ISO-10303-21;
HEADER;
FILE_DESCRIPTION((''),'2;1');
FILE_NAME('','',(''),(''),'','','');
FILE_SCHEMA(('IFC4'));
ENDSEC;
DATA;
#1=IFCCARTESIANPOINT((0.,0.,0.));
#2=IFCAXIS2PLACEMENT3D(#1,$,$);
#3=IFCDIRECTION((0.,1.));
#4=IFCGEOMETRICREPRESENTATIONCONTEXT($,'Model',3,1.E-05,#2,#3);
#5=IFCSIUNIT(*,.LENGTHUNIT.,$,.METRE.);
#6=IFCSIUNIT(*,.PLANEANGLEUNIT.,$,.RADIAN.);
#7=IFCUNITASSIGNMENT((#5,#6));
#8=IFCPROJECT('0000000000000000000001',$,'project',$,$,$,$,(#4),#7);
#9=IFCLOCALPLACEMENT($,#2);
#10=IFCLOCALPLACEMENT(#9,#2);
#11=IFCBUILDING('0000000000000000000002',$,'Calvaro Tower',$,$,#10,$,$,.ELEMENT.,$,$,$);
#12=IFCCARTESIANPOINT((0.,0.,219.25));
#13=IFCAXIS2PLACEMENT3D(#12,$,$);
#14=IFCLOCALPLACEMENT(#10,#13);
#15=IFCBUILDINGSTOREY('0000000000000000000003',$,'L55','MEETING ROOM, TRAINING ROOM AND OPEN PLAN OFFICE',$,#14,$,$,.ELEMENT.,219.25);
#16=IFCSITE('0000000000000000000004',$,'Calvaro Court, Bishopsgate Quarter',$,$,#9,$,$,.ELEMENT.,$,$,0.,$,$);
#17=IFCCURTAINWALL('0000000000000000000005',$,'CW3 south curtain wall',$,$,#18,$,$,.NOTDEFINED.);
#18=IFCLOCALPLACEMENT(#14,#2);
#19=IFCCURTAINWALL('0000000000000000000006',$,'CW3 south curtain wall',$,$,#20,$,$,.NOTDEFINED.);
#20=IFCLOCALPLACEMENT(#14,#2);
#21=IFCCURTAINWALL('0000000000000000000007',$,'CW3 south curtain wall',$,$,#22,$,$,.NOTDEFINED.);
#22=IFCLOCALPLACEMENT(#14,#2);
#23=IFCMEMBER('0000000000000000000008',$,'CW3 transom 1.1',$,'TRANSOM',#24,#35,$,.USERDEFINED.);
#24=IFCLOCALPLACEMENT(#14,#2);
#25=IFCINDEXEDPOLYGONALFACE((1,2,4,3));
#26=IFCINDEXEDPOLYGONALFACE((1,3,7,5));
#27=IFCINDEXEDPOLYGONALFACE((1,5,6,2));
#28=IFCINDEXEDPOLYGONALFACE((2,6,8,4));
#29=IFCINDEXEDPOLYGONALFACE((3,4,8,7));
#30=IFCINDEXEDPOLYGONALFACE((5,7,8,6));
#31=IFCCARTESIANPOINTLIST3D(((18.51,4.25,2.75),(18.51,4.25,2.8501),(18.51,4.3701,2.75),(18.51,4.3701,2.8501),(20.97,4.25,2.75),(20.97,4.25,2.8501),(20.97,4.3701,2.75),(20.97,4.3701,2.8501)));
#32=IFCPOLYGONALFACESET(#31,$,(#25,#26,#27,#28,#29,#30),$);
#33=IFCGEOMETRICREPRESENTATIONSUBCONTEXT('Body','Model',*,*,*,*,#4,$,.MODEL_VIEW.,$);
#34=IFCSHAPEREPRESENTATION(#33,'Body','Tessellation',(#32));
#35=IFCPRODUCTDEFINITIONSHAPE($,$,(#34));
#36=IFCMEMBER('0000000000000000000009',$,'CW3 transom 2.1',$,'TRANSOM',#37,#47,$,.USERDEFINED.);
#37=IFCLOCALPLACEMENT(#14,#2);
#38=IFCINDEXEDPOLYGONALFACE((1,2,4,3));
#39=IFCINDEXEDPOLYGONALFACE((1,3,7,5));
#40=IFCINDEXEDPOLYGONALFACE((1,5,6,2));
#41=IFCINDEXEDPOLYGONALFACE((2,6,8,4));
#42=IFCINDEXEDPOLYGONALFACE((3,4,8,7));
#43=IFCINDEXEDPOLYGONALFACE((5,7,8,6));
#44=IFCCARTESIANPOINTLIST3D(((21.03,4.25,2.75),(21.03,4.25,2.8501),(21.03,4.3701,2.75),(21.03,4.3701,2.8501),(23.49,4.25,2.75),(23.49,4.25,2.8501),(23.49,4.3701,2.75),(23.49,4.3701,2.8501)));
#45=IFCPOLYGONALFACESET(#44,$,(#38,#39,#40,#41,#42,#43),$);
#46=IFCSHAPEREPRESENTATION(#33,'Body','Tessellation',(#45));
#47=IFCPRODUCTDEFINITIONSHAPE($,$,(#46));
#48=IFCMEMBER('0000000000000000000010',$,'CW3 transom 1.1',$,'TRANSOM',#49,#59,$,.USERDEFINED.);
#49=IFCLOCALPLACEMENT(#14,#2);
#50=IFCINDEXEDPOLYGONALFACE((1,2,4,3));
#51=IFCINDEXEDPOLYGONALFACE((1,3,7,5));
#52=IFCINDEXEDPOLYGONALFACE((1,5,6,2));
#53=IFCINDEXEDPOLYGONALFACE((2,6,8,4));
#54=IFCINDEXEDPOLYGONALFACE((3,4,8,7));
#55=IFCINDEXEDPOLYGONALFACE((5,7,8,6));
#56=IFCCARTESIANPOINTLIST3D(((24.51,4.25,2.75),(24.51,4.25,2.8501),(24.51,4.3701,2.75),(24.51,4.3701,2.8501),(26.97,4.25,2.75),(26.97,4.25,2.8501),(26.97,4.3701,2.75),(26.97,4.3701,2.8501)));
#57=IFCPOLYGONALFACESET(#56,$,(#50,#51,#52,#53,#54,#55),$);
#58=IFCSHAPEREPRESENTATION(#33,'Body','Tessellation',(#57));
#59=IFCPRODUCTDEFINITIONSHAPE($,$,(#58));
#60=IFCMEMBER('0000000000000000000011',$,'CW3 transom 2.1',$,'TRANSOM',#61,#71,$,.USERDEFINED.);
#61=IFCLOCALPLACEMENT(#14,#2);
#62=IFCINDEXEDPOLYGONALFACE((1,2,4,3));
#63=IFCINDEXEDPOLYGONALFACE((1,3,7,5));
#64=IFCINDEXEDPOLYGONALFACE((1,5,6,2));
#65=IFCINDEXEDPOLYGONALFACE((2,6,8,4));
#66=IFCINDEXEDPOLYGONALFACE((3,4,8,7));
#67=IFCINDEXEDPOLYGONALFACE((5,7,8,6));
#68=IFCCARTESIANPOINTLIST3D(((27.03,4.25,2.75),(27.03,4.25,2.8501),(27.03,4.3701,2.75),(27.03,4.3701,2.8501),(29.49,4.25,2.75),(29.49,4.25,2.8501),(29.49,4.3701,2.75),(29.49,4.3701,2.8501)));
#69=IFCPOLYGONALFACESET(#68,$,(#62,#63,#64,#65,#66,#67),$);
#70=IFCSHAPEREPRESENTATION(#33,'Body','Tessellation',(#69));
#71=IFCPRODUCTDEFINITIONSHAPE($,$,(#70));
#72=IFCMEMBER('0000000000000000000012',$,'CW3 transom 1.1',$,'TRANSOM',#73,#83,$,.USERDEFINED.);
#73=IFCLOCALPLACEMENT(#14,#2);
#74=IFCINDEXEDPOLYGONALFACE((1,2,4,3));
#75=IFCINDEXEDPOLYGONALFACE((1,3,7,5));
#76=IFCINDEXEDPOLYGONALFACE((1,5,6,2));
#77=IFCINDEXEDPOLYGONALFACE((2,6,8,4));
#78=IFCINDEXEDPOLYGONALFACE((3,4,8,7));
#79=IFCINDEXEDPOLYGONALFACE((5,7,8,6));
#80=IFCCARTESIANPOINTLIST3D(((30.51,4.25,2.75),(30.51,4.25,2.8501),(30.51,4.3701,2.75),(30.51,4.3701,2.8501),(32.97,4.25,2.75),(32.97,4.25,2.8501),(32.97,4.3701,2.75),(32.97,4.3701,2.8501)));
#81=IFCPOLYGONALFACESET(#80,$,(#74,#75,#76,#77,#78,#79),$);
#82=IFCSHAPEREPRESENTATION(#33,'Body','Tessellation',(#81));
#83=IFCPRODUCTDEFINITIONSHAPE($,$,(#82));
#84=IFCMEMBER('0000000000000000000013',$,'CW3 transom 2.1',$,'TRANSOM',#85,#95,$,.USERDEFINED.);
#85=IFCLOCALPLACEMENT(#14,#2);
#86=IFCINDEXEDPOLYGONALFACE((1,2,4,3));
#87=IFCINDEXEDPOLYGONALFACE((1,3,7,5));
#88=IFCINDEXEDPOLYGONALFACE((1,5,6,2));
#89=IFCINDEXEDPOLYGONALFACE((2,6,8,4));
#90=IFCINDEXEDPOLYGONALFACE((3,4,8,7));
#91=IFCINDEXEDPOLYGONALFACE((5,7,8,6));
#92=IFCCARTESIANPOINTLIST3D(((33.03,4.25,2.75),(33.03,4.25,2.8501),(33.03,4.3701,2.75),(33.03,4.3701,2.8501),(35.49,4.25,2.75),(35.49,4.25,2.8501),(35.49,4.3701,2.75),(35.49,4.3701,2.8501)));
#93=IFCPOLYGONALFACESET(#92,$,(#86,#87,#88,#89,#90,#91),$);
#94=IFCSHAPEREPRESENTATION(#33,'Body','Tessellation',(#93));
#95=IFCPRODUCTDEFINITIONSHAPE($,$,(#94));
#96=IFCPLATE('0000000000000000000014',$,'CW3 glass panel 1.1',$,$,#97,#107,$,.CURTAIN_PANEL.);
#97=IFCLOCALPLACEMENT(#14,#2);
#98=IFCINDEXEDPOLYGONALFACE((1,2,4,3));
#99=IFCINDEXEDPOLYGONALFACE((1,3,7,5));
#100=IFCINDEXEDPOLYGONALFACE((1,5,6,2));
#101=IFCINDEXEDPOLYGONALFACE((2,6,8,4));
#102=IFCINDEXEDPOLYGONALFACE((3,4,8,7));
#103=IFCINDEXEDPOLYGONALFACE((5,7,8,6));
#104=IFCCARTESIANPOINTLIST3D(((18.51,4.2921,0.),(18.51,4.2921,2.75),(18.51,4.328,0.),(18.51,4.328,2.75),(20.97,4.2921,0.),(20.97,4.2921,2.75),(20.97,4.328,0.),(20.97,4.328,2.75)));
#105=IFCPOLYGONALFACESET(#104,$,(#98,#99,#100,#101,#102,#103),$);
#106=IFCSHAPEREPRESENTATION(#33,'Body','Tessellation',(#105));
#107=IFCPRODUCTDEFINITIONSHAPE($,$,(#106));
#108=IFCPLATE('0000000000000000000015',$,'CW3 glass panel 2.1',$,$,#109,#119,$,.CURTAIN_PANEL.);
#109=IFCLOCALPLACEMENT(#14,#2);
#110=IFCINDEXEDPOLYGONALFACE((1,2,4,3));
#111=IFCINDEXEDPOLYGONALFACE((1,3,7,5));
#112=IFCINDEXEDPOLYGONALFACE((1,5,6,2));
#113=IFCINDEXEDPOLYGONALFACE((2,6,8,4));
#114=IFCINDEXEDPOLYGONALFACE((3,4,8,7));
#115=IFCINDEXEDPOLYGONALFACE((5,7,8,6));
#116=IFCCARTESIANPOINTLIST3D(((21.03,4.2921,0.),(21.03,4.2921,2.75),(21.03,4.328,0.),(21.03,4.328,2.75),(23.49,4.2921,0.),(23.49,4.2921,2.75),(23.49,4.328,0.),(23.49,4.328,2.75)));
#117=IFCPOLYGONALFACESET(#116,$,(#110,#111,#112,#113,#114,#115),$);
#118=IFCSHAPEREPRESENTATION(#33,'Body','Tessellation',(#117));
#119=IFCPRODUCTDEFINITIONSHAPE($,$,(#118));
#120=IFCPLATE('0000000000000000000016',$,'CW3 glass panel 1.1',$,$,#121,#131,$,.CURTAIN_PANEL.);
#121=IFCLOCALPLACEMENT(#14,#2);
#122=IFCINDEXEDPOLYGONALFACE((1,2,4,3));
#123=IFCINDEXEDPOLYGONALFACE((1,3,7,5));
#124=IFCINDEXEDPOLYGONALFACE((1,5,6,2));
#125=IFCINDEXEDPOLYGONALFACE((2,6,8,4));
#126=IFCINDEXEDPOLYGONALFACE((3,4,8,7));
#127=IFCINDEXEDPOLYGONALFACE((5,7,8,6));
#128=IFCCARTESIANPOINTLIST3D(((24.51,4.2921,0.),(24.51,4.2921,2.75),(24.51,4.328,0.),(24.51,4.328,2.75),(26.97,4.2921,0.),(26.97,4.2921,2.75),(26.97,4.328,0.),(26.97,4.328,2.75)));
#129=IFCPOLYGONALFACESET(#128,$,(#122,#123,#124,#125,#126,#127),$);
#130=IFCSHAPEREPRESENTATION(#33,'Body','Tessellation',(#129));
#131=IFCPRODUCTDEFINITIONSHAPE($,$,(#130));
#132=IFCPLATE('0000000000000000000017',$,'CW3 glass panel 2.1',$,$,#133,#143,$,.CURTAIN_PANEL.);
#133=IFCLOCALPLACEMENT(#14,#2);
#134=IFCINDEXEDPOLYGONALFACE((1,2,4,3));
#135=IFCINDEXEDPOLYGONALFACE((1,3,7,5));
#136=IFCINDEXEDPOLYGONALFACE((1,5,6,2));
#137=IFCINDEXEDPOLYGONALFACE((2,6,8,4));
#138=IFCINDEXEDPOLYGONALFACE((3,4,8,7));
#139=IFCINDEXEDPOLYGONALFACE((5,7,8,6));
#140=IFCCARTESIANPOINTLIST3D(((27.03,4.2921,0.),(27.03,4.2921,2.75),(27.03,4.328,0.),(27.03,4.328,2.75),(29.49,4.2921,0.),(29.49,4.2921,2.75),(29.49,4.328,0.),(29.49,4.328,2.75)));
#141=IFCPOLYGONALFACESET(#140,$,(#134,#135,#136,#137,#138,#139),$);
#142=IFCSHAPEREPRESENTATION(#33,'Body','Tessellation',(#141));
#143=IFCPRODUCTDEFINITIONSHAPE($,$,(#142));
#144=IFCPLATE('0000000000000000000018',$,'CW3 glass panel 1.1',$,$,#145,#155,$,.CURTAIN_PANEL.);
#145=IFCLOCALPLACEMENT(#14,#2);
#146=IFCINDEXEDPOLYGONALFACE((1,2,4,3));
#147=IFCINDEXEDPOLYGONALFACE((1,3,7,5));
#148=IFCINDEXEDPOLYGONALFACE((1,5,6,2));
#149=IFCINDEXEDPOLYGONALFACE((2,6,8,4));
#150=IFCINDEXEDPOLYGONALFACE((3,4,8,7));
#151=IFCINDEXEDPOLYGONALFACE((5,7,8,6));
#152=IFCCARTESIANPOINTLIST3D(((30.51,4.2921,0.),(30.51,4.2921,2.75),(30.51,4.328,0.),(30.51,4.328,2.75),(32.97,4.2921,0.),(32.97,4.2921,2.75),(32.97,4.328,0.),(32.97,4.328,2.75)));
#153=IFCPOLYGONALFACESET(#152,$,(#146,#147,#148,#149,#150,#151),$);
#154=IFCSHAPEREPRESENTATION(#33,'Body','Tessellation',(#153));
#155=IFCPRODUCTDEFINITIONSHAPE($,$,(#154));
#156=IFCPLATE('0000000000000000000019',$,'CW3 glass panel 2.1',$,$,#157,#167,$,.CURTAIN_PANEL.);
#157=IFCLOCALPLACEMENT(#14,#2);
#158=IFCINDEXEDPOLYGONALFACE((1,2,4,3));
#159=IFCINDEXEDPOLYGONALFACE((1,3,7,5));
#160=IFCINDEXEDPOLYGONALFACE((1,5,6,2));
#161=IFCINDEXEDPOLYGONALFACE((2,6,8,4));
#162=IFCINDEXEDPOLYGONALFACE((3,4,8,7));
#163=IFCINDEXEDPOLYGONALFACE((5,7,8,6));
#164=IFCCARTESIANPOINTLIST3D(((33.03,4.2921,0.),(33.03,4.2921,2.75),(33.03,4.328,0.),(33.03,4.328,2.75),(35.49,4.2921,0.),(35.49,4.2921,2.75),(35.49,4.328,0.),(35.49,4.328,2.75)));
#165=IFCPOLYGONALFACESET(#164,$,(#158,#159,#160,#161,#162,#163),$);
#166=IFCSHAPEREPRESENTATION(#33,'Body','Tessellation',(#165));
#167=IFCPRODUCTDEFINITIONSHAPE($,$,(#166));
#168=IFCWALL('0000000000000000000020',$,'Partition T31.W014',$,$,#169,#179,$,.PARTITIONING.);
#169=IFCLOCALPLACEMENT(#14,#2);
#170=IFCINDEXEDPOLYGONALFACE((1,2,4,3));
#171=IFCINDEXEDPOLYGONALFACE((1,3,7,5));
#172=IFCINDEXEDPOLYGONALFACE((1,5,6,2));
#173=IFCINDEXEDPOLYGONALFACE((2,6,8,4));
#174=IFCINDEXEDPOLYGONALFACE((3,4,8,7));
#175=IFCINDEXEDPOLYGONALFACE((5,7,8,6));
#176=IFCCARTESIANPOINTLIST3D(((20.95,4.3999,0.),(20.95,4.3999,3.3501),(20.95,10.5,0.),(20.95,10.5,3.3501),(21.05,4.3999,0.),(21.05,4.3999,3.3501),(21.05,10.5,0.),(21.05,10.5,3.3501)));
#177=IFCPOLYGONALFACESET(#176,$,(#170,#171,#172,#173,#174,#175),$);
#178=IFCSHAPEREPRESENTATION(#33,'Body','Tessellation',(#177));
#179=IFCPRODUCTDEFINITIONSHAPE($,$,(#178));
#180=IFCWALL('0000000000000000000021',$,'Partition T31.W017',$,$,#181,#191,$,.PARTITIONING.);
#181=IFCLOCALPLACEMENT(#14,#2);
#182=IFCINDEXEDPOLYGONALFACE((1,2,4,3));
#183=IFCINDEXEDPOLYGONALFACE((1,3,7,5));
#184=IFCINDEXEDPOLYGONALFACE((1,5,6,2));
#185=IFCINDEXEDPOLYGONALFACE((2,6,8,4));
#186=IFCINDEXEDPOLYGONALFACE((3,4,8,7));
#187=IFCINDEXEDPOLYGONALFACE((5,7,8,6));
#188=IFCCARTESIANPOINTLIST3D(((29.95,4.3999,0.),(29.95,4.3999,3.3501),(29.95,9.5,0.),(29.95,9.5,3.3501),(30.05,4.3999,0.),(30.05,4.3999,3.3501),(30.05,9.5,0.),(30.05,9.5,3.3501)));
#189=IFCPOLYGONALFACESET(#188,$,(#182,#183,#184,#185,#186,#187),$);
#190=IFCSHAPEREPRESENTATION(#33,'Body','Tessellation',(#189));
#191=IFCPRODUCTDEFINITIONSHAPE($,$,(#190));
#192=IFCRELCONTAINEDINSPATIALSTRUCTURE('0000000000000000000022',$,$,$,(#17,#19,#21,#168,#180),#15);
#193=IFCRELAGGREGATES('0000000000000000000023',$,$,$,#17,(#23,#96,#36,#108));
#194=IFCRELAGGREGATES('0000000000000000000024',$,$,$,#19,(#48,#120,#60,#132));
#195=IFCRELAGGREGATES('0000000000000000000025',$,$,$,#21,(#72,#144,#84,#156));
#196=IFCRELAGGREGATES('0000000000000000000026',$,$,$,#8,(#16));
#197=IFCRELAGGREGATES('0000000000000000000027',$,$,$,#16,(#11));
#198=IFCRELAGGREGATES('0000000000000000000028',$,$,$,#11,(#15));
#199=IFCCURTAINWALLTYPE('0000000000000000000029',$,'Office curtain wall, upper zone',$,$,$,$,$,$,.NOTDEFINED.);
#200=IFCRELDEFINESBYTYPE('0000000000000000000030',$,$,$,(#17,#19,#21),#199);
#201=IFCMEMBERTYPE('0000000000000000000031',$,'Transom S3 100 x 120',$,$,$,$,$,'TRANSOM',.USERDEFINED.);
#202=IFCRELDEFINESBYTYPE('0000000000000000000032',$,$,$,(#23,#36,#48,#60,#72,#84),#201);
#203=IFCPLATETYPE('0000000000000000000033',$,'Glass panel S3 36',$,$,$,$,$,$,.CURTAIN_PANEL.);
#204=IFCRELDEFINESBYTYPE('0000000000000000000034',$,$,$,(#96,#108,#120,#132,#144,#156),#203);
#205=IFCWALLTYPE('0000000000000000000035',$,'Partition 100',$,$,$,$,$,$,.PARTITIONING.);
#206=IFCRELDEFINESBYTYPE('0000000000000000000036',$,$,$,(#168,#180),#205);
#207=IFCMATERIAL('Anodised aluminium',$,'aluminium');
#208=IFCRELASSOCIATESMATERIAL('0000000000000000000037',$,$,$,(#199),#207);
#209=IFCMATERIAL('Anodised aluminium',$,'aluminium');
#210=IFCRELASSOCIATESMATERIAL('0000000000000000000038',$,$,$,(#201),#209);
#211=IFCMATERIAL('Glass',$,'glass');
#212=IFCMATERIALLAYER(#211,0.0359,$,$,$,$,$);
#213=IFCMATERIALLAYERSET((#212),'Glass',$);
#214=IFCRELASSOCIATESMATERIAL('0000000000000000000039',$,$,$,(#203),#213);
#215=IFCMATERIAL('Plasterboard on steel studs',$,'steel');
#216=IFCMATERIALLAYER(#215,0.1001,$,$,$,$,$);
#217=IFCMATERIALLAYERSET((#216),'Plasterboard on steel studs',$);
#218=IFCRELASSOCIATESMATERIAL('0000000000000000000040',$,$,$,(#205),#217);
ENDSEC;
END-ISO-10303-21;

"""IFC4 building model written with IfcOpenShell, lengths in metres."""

from ifc_helpers import new_model, si_unit, direction, frame, frame_2d, origin, origin_2d, place, context, subcontext, project, spatial, rectangle, extrude, material, layer, layer_set, material_profile, profile_set, type_object, element, aggregate, save


model = new_model("IFC4")

# Units and contexts
model_context = context("Model", 3, precision=1e-05, world=origin(), true_north=direction((0.0, 1.0)))
body_context = subcontext(model_context, "Body", "Model", "MODEL_VIEW")
ifc_project = project(units=[si_unit("LENGTHUNIT", "METRE"), si_unit("PLANEANGLEUNIT", "RADIAN")], contexts=[model_context])

# Site, building, storey
site_placement = place(None, origin())
site = spatial("IfcSite", under=ifc_project, at=site_placement, Name="Calvaro Court, Bishopsgate Quarter", CompositionType="ELEMENT", RefElevation=0.0)
building_placement = place(site_placement, origin())
building = spatial("IfcBuilding", under=site, at=building_placement, Name="Calvaro Tower", CompositionType="ELEMENT")
storey_placement = place(building_placement, frame((0.0, 0.0, 219.25)))
storey = spatial("IfcBuildingStorey", under=building, at=storey_placement, Name="L55", Description="MEETING ROOM, TRAINING ROOM AND OPEN PLAN OFFICE", CompositionType="ELEMENT", Elevation=219.25)

# Shared definitions
ifc_material_1 = material(Name="Anodised aluminium", Category="aluminium")
curtain_wall_type = type_object("IfcCurtainWallType", Name="Office curtain wall, upper zone", PredefinedType="NOTDEFINED", material=ifc_material_1)

# Curtain walls
curtain_wall_1_placement = place(storey_placement, origin())
curtain_wall_1 = element("IfcCurtainWall", 1, at=curtain_wall_1_placement, inside=storey, type_object=curtain_wall_type, Name="CW3 south curtain wall", PredefinedType="NOTDEFINED")
curtain_wall_2_placement = place(storey_placement, origin())
curtain_wall_2 = element("IfcCurtainWall", 2, at=curtain_wall_2_placement, inside=storey, type_object=curtain_wall_type, Name="CW3 south curtain wall", PredefinedType="NOTDEFINED")
curtain_wall_3_placement = place(storey_placement, origin())
curtain_wall_3 = element("IfcCurtainWall", 3, at=curtain_wall_3_placement, inside=storey, type_object=curtain_wall_type, Name="CW3 south curtain wall", PredefinedType="NOTDEFINED")

# Members
ifc_material_2 = material(Name="Anodised aluminium", Category="aluminium")
ifc_material_profile_1 = material_profile(ifc_material_2, rectangle(XDim=0.1201, YDim=0.1001, at=origin_2d()), Name="Transom S3 100 x 120")
ifc_profile_set_1 = profile_set([ifc_material_profile_1], Name="Anodised aluminium")
member_type_1 = type_object("IfcMemberType", Name="Transom S3 100 x 120", ElementType="TRANSOM", PredefinedType="USERDEFINED", material=ifc_profile_set_1)
member_1_placement = place(storey_placement, frame((18.51, 4.3101, 2.8), z_axis=(1.0, 0.0, 0.0), x_axis=(0.0, 1.0, 0.0)))
member_1 = element("IfcMember", 4, at=member_1_placement, type_object=member_type_1, Name="CW3 transom 1.1", ObjectType="TRANSOM", PredefinedType="USERDEFINED", context=body_context, shape_type="SweptSolid", body=[
    extrude(rectangle(XDim=0.1201, YDim=0.1001, at=origin_2d()), origin(), (0.0, 0.0, 1.0), 2.46),
])
member_2_placement = place(storey_placement, frame((21.03, 4.3101, 2.8), z_axis=(1.0, 0.0, 0.0), x_axis=(0.0, 1.0, 0.0)))
member_2 = element("IfcMember", 5, at=member_2_placement, type_object=member_type_1, Name="CW3 transom 2.1", ObjectType="TRANSOM", PredefinedType="USERDEFINED", context=body_context, shape_type="SweptSolid", body=[
    extrude(rectangle(XDim=0.1201, YDim=0.1001, at=origin_2d()), origin(), (0.0, 0.0, 1.0), 2.46),
])
member_3_placement = place(storey_placement, frame((24.51, 4.3101, 2.8), z_axis=(1.0, 0.0, 0.0), x_axis=(0.0, 1.0, 0.0)))
member_3 = element("IfcMember", 6, at=member_3_placement, type_object=member_type_1, Name="CW3 transom 1.1", ObjectType="TRANSOM", PredefinedType="USERDEFINED", context=body_context, shape_type="SweptSolid", body=[
    extrude(rectangle(XDim=0.1201, YDim=0.1001, at=origin_2d()), origin(), (0.0, 0.0, 1.0), 2.46),
])
member_4_placement = place(storey_placement, frame((27.03, 4.3101, 2.8), z_axis=(1.0, 0.0, 0.0), x_axis=(0.0, 1.0, 0.0)))
member_4 = element("IfcMember", 7, at=member_4_placement, type_object=member_type_1, Name="CW3 transom 2.1", ObjectType="TRANSOM", PredefinedType="USERDEFINED", context=body_context, shape_type="SweptSolid", body=[
    extrude(rectangle(XDim=0.1201, YDim=0.1001, at=origin_2d()), origin(), (0.0, 0.0, 1.0), 2.46),
])
member_5_placement = place(storey_placement, frame((30.51, 4.3101, 2.8), z_axis=(1.0, 0.0, 0.0), x_axis=(0.0, 1.0, 0.0)))
member_5 = element("IfcMember", 8, at=member_5_placement, type_object=member_type_1, Name="CW3 transom 1.1", ObjectType="TRANSOM", PredefinedType="USERDEFINED", context=body_context, shape_type="SweptSolid", body=[
    extrude(rectangle(XDim=0.1201, YDim=0.1001, at=origin_2d()), origin(), (0.0, 0.0, 1.0), 2.46),
])
member_6_placement = place(storey_placement, frame((33.03, 4.3101, 2.8), z_axis=(1.0, 0.0, 0.0), x_axis=(0.0, 1.0, 0.0)))
member_6 = element("IfcMember", 9, at=member_6_placement, type_object=member_type_1, Name="CW3 transom 2.1", ObjectType="TRANSOM", PredefinedType="USERDEFINED", context=body_context, shape_type="SweptSolid", body=[
    extrude(rectangle(XDim=0.1201, YDim=0.1001, at=origin_2d()), origin(), (0.0, 0.0, 1.0), 2.46),
])

# Plates
ifc_material_3 = material(Name="Glass", Category="glass")
ifc_layer_1 = layer(ifc_material_3, 0.0359)
ifc_layer_set_1 = layer_set([ifc_layer_1], Name="Glass")
plate_type = type_object("IfcPlateType", Name="Glass panel S3 36", PredefinedType="CURTAIN_PANEL", material=ifc_layer_set_1)
plate_1_placement = place(storey_placement, frame((19.74, 4.3101, 0.0), z_axis=(0.0, 0.0, 1.0), x_axis=(1.0, 0.0, 0.0)))
plate_1 = element("IfcPlate", 10, at=plate_1_placement, type_object=plate_type, Name="CW3 glass panel 1.1", PredefinedType="CURTAIN_PANEL", context=body_context, shape_type="SweptSolid", body=[
    extrude(rectangle(XDim=2.46, YDim=0.0359, at=origin_2d()), origin(), (0.0, 0.0, 1.0), 2.75),
])
plate_2_placement = place(storey_placement, frame((22.26, 4.3101, 0.0), z_axis=(0.0, 0.0, 1.0), x_axis=(1.0, 0.0, 0.0)))
plate_2 = element("IfcPlate", 11, at=plate_2_placement, type_object=plate_type, Name="CW3 glass panel 2.1", PredefinedType="CURTAIN_PANEL", context=body_context, shape_type="SweptSolid", body=[
    extrude(rectangle(XDim=2.46, YDim=0.0359, at=origin_2d()), origin(), (0.0, 0.0, 1.0), 2.75),
])
aggregate(curtain_wall_1, [member_1, plate_1, member_2, plate_2])
plate_3_placement = place(storey_placement, frame((25.74, 4.3101, 0.0), z_axis=(0.0, 0.0, 1.0), x_axis=(1.0, 0.0, 0.0)))
plate_3 = element("IfcPlate", 12, at=plate_3_placement, type_object=plate_type, Name="CW3 glass panel 1.1", PredefinedType="CURTAIN_PANEL", context=body_context, shape_type="SweptSolid", body=[
    extrude(rectangle(XDim=2.46, YDim=0.0359, at=origin_2d()), origin(), (0.0, 0.0, 1.0), 2.75),
])
plate_4_placement = place(storey_placement, frame((28.26, 4.3101, 0.0), z_axis=(0.0, 0.0, 1.0), x_axis=(1.0, 0.0, 0.0)))
plate_4 = element("IfcPlate", 13, at=plate_4_placement, type_object=plate_type, Name="CW3 glass panel 2.1", PredefinedType="CURTAIN_PANEL", context=body_context, shape_type="SweptSolid", body=[
    extrude(rectangle(XDim=2.46, YDim=0.0359, at=origin_2d()), origin(), (0.0, 0.0, 1.0), 2.75),
])
aggregate(curtain_wall_2, [member_3, plate_3, member_4, plate_4])
plate_5_placement = place(storey_placement, frame((31.74, 4.3101, 0.0), z_axis=(0.0, 0.0, 1.0), x_axis=(1.0, 0.0, 0.0)))
plate_5 = element("IfcPlate", 14, at=plate_5_placement, type_object=plate_type, Name="CW3 glass panel 1.1", PredefinedType="CURTAIN_PANEL", context=body_context, shape_type="SweptSolid", body=[
    extrude(rectangle(XDim=2.46, YDim=0.0359, at=origin_2d()), origin(), (0.0, 0.0, 1.0), 2.75),
])
plate_6_placement = place(storey_placement, frame((34.26, 4.3101, 0.0), z_axis=(0.0, 0.0, 1.0), x_axis=(1.0, 0.0, 0.0)))
plate_6 = element("IfcPlate", 15, at=plate_6_placement, type_object=plate_type, Name="CW3 glass panel 2.1", PredefinedType="CURTAIN_PANEL", context=body_context, shape_type="SweptSolid", body=[
    extrude(rectangle(XDim=2.46, YDim=0.0359, at=origin_2d()), origin(), (0.0, 0.0, 1.0), 2.75),
])
aggregate(curtain_wall_3, [member_5, plate_5, member_6, plate_6])

# Walls
ifc_material_4 = material(Name="Plasterboard on steel studs", Category="steel")
ifc_layer_2 = layer(ifc_material_4, 0.1001)
ifc_layer_set_2 = layer_set([ifc_layer_2], Name="Plasterboard on steel studs")
wall_type = type_object("IfcWallType", Name="Partition 100", PredefinedType="PARTITIONING", material=ifc_layer_set_2)
wall_1_placement = place(storey_placement, frame((21.0, 4.3999, 0.0), z_axis=(0.0, 0.0, 1.0), x_axis=(0.0, 1.0, 0.0)))
element("IfcWall", 16, at=wall_1_placement, inside=storey, type_object=wall_type, Name="Partition T31.W014", PredefinedType="PARTITIONING", context=body_context, shape_type="SweptSolid", body=[
    extrude(rectangle(XDim=6.1001, YDim=0.1001, at=frame_2d((3.05, 0.0))), origin(), (0.0, 0.0, 1.0), 3.3501),
])
wall_2_placement = place(storey_placement, frame((30.0, 4.3999, 0.0), z_axis=(0.0, 0.0, 1.0), x_axis=(0.0, 1.0, 0.0)))
element("IfcWall", 17, at=wall_2_placement, inside=storey, type_object=wall_type, Name="Partition T31.W017", PredefinedType="PARTITIONING", context=body_context, shape_type="SweptSolid", body=[
    extrude(rectangle(XDim=5.1001, YDim=0.1001, at=frame_2d((2.55, 0.0))), origin(), (0.0, 0.0, 1.0), 3.3501),
])

save(model, "model.ifc")
